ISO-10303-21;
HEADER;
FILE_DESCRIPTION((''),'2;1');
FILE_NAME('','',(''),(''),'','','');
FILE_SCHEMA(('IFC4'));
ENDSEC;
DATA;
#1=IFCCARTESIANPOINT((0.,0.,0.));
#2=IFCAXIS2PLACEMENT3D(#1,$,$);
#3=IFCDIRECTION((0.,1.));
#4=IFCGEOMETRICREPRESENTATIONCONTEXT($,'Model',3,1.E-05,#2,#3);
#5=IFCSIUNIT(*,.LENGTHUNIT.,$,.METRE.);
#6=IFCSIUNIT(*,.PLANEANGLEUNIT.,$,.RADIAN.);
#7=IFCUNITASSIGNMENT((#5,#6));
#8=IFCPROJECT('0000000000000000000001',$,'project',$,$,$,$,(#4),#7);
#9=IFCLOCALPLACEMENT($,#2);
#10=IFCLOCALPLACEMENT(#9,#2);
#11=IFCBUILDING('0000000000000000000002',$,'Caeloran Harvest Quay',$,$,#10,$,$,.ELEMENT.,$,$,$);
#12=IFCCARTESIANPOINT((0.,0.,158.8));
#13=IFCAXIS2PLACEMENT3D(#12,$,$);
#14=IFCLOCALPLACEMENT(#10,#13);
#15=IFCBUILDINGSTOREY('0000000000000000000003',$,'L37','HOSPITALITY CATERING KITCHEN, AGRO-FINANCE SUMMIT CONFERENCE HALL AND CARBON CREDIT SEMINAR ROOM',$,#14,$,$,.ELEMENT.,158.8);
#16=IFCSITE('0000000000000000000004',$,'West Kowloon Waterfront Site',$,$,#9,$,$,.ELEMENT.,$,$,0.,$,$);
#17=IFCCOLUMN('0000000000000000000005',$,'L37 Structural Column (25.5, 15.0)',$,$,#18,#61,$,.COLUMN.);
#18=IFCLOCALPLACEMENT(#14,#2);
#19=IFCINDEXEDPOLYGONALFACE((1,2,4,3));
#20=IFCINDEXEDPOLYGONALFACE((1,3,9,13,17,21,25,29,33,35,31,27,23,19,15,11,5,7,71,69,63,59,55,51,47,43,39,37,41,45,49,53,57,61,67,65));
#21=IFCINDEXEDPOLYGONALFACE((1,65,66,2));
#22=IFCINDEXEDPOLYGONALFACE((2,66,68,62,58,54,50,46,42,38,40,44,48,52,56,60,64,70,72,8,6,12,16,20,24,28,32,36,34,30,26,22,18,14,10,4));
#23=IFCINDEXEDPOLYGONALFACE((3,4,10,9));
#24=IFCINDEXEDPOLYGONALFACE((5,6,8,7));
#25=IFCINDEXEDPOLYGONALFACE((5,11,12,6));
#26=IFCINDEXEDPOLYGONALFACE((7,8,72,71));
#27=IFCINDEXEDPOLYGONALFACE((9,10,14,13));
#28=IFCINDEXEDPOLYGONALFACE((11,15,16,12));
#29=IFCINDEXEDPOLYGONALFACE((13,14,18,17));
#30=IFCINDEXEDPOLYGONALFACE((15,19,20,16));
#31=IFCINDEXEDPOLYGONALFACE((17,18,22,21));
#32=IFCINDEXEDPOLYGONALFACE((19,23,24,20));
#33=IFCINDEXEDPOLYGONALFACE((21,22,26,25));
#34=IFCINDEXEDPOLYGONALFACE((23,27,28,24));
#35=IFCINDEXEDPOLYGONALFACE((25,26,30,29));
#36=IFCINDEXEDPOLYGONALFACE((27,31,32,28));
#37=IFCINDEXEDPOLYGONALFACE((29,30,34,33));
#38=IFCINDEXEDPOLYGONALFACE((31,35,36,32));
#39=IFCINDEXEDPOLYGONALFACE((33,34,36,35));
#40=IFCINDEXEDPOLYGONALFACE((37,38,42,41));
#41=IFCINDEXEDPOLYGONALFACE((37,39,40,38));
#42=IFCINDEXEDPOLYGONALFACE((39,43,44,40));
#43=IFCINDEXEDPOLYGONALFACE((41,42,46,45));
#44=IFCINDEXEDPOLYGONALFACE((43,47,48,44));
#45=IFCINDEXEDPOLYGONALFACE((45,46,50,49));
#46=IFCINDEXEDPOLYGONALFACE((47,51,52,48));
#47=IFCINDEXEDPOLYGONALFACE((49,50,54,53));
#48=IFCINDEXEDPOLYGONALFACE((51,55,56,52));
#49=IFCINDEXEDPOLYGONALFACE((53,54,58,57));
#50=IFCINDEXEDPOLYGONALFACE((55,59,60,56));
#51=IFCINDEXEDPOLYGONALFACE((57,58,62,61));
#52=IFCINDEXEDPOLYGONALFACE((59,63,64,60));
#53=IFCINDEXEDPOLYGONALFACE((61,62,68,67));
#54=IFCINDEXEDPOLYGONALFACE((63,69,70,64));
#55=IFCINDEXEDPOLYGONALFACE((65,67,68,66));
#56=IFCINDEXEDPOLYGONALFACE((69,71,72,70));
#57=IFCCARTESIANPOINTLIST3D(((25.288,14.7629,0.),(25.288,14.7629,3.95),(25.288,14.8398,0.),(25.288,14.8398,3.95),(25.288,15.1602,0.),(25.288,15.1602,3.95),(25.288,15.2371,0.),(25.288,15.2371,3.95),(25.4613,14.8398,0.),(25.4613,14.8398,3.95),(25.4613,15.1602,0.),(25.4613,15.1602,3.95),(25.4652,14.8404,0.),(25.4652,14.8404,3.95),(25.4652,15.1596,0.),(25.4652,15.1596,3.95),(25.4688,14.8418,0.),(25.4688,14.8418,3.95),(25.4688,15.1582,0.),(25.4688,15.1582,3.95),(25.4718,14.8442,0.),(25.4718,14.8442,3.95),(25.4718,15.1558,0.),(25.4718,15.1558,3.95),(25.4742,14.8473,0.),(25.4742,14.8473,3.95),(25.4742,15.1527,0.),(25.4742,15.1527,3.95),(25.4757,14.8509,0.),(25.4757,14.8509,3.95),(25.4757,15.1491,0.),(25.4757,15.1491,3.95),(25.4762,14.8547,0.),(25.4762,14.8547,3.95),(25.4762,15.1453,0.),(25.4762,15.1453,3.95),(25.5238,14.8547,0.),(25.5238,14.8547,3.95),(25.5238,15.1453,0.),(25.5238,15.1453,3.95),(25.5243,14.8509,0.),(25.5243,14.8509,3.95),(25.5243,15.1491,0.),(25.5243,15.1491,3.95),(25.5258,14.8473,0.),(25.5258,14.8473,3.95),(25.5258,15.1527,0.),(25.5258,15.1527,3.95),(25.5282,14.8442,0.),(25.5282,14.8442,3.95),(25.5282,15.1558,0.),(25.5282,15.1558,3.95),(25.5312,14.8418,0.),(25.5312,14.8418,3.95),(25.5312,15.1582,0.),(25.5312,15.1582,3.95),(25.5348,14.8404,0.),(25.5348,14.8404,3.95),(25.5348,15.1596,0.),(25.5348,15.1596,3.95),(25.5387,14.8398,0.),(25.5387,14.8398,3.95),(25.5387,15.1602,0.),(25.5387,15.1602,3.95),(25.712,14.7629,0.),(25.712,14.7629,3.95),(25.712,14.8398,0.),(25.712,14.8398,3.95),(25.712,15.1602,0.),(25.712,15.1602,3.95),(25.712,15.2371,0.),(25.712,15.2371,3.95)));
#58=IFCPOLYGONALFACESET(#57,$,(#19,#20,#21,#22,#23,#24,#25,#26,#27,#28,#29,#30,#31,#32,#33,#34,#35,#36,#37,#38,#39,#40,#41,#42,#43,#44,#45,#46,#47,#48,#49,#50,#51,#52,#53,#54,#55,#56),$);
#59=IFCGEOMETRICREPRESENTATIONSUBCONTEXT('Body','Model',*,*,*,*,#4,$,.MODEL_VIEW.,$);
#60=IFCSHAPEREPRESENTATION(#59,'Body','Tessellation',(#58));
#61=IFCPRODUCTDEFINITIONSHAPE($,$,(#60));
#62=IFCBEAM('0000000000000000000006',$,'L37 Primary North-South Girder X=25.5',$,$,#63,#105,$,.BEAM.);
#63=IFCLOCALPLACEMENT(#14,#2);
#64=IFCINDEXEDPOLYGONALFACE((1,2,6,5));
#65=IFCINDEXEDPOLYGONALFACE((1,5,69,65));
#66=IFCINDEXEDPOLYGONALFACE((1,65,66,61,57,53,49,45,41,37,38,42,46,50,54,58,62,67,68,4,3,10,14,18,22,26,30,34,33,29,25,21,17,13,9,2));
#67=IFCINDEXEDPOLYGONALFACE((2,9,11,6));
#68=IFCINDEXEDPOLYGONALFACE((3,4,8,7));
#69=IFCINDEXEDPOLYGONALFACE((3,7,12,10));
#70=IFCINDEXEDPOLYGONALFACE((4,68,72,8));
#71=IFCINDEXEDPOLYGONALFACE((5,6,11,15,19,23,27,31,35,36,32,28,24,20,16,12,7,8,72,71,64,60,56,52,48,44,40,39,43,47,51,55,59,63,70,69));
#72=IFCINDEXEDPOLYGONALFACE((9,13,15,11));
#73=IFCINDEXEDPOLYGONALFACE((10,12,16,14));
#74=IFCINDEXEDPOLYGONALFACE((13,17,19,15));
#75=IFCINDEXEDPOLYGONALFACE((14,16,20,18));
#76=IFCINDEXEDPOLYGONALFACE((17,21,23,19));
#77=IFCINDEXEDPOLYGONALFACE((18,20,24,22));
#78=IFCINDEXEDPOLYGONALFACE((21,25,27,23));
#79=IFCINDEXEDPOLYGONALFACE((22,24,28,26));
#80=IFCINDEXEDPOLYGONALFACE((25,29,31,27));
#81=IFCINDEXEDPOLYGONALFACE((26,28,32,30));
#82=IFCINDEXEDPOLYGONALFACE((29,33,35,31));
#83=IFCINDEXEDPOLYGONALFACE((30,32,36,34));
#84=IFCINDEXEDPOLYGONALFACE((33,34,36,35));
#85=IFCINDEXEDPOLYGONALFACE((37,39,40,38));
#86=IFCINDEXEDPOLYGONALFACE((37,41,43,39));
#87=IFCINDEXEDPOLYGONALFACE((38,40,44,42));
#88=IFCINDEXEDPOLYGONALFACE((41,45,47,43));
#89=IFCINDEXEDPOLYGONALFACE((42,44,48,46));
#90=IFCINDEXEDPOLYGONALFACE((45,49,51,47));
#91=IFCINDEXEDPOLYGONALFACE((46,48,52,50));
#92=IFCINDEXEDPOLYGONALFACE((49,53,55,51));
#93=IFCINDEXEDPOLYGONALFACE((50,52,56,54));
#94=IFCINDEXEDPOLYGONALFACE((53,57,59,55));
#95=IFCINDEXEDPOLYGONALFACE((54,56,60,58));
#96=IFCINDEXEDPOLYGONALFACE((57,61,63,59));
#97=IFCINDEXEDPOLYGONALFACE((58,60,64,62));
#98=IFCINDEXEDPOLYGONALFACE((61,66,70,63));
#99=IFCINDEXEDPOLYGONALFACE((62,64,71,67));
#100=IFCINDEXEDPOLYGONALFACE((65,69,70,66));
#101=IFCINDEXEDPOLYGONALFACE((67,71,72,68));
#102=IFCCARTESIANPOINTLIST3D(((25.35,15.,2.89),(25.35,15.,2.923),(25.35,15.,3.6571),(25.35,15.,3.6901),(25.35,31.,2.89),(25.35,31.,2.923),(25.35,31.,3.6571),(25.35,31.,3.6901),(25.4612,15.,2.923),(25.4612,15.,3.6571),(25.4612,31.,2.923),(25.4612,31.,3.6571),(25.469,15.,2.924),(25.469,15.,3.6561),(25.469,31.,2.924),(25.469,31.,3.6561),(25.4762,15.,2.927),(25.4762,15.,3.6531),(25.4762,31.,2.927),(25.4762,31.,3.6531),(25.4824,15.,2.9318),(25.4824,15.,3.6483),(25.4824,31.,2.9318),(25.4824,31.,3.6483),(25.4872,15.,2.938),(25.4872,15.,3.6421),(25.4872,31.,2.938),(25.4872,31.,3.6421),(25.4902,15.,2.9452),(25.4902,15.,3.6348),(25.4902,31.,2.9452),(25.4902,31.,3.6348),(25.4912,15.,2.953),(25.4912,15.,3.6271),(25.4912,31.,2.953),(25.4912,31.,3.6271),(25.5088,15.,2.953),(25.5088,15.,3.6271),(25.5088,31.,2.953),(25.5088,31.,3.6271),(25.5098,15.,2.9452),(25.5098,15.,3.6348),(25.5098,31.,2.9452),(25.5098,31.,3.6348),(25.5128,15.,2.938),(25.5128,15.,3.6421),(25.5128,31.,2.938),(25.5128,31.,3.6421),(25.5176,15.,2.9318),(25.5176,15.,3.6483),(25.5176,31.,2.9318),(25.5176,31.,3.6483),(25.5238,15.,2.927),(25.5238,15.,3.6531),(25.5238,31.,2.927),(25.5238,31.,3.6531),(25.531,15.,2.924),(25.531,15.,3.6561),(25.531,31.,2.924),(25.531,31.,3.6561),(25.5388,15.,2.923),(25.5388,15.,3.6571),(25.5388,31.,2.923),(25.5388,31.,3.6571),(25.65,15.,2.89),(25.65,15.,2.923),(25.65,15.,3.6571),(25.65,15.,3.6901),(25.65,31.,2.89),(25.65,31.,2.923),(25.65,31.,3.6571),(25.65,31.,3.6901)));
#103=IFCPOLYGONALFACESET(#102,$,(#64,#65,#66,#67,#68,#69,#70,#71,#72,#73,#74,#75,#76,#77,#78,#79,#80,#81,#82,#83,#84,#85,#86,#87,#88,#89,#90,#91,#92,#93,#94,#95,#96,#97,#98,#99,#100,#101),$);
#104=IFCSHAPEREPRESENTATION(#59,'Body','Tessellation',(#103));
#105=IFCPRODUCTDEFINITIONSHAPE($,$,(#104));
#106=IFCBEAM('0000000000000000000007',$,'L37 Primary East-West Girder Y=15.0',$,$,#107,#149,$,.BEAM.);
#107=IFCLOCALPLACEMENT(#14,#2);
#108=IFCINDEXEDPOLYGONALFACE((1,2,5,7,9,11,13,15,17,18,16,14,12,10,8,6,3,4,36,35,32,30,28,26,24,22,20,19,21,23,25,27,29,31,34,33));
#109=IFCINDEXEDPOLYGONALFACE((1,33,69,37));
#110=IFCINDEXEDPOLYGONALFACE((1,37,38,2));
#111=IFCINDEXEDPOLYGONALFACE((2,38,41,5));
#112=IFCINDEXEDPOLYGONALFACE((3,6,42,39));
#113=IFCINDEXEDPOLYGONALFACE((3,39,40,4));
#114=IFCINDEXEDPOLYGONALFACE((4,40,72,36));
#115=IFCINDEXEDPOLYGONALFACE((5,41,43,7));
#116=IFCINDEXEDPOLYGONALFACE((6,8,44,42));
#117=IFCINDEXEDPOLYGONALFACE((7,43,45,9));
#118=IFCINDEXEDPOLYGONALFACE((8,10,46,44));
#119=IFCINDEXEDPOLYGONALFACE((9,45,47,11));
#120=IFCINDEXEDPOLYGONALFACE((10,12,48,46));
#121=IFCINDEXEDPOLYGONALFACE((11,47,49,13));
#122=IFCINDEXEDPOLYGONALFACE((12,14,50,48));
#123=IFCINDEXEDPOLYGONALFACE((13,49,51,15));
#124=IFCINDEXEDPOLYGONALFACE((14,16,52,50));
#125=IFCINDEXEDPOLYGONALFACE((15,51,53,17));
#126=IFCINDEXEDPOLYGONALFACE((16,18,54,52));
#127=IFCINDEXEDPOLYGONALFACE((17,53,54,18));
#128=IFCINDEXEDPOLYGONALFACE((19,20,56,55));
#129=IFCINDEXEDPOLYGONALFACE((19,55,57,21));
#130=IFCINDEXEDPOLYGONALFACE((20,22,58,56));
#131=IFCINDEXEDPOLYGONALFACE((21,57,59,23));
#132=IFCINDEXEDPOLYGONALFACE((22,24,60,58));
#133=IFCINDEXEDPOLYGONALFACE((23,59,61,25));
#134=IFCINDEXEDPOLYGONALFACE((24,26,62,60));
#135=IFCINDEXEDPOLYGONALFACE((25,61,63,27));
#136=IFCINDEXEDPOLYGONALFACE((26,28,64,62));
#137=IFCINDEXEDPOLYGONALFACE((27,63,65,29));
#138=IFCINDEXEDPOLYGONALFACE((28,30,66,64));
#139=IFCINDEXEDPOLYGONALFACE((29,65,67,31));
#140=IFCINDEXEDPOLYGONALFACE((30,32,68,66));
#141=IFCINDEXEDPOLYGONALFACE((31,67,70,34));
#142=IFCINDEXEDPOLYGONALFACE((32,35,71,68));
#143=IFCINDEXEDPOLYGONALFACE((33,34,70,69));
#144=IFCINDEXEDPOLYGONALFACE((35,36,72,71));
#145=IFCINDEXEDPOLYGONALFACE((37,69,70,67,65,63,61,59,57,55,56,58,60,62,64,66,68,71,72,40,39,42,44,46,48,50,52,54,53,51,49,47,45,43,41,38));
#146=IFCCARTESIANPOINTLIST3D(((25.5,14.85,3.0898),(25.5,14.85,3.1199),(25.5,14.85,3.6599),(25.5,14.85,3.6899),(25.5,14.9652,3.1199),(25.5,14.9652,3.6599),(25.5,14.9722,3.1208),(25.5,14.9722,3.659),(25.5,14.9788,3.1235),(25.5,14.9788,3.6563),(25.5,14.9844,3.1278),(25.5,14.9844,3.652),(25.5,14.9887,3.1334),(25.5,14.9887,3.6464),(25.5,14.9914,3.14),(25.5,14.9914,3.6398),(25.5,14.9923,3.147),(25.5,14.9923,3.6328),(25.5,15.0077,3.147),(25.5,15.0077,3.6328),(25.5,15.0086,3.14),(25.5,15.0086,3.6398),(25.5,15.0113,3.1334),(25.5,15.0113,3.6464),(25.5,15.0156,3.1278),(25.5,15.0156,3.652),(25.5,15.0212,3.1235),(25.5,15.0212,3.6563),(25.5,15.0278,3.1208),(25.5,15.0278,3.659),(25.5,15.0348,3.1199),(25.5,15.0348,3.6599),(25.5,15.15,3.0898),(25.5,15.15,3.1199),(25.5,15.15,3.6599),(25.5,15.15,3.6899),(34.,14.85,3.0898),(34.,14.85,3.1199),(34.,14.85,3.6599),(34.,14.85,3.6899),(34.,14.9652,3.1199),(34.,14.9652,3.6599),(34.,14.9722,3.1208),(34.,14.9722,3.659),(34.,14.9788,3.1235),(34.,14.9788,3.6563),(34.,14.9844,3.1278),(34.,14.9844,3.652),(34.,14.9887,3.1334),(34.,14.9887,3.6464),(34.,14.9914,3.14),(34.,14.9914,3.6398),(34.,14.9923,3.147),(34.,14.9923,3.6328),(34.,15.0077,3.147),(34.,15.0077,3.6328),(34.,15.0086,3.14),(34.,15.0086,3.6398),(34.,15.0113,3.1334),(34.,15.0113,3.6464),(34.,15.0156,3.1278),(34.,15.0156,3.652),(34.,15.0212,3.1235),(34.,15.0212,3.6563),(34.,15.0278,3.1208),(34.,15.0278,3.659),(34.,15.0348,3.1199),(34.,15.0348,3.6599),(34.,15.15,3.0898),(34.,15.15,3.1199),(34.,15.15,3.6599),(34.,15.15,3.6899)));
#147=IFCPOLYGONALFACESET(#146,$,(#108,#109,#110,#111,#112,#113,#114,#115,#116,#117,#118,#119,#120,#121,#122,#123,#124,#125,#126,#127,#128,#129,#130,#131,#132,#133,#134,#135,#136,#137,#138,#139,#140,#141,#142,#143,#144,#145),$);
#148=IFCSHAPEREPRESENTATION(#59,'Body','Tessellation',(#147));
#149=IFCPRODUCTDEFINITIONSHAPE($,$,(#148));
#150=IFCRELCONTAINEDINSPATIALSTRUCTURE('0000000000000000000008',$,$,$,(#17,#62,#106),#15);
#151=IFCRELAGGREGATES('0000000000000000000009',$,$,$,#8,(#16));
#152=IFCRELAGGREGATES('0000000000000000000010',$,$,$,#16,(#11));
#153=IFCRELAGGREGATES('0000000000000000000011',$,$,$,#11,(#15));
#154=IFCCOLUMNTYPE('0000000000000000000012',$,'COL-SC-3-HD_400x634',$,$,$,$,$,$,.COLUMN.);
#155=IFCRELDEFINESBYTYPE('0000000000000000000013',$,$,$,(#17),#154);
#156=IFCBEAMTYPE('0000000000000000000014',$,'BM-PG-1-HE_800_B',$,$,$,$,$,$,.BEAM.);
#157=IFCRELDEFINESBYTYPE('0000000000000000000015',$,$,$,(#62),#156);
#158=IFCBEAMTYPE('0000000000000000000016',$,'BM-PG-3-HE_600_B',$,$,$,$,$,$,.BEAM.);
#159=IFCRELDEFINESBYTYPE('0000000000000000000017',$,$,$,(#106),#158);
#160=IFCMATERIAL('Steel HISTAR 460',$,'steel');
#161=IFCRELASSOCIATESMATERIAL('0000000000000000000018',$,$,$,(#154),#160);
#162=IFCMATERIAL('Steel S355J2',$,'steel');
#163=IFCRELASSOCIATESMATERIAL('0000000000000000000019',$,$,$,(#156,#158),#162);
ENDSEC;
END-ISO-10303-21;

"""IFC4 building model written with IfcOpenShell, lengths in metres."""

from ifc_helpers import new_model, si_unit, direction, frame, origin, origin_2d, place, context, subcontext, project, spatial, i_section, extrude, material, material_profile, profile_set, type_object, element, save


model = new_model("IFC4")

# Units and contexts
model_context = context("Model", 3, precision=1e-05, world=origin(), true_north=direction((0.0, 1.0)))
body_context = subcontext(model_context, "Body", "Model", "MODEL_VIEW")
ifc_project = project(units=[si_unit("LENGTHUNIT", "METRE"), si_unit("PLANEANGLEUNIT", "RADIAN")], contexts=[model_context])

# Site, building, storey
site_placement = place(None, origin())
site = spatial("IfcSite", under=ifc_project, at=site_placement, Name="West Kowloon Waterfront Site", CompositionType="ELEMENT", RefElevation=0.0)
building_placement = place(site_placement, origin())
building = spatial("IfcBuilding", under=site, at=building_placement, Name="Caeloran Harvest Quay", CompositionType="ELEMENT")
storey_placement = place(building_placement, frame((0.0, 0.0, 158.8)))
storey = spatial("IfcBuildingStorey", under=building, at=storey_placement, Name="L37", Description="HOSPITALITY CATERING KITCHEN, AGRO-FINANCE SUMMIT CONFERENCE HALL AND CARBON CREDIT SEMINAR ROOM", CompositionType="ELEMENT", Elevation=158.8)

# Column
ifc_material_1 = material(Name="Steel HISTAR 460", Category="steel")
ifc_material_profile_1 = material_profile(ifc_material_1, i_section(OverallWidth=0.4241, OverallDepth=0.4741, WebThickness=0.0476, FlangeThickness=0.0769, FilletRadius=0.0149, at=origin_2d()), Name="HD 400x634")
ifc_profile_set_1 = profile_set([ifc_material_profile_1], Name="Steel HISTAR 460")
column_type = type_object("IfcColumnType", Name="COL-SC-3-HD_400x634", PredefinedType="COLUMN", material=ifc_profile_set_1)
column_placement = place(storey_placement, frame((25.5, 15.0, 0.0), z_axis=(0.0, 0.0, 1.0), x_axis=(1.0, 0.0, 0.0)))
element("IfcColumn", 1, at=column_placement, inside=storey, type_object=column_type, Name="L37 Structural Column (25.5, 15.0)", PredefinedType="COLUMN", context=body_context, shape_type="SweptSolid", body=[
    extrude(i_section(OverallWidth=0.4241, OverallDepth=0.4741, WebThickness=0.0476, FlangeThickness=0.0769, FilletRadius=0.0149, at=origin_2d()), origin(), (0.0, 0.0, 1.0), 3.95),
])

# Beams
ifc_material_2 = material(Name="Steel S355J2", Category="steel")
ifc_material_profile_2 = material_profile(ifc_material_2, i_section(OverallWidth=0.3, OverallDepth=0.8, WebThickness=0.0176, FlangeThickness=0.033, FilletRadius=0.03, at=origin_2d()), Name="HE 800 B")
ifc_profile_set_2 = profile_set([ifc_material_profile_2], Name="Steel S355J2")
beam_type_1 = type_object("IfcBeamType", Name="BM-PG-1-HE_800_B", PredefinedType="BEAM", material=ifc_profile_set_2)
beam_1_placement = place(storey_placement, frame((25.5, 15.0, 3.29), z_axis=(0.0, 1.0, 0.0), x_axis=(-1.0, 0.0, 0.0)))
element("IfcBeam", 2, at=beam_1_placement, inside=storey, type_object=beam_type_1, Name="L37 Primary North-South Girder X=25.5", PredefinedType="BEAM", context=body_context, shape_type="SweptSolid", body=[
    extrude(i_section(OverallWidth=0.3, OverallDepth=0.8, WebThickness=0.0176, FlangeThickness=0.033, FilletRadius=0.03, at=origin_2d()), origin(), (0.0, 0.0, 1.0), 16.0),
])
ifc_material_profile_3 = material_profile(ifc_material_2, i_section(OverallWidth=0.3, OverallDepth=0.6001, WebThickness=0.0154, FlangeThickness=0.03, FilletRadius=0.0271, at=origin_2d()), Name="HE 600 B")
ifc_profile_set_3 = profile_set([ifc_material_profile_3], Name="Steel S355J2")
beam_type_2 = type_object("IfcBeamType", Name="BM-PG-3-HE_600_B", PredefinedType="BEAM", material=ifc_profile_set_3)
beam_2_placement = place(storey_placement, frame((25.5, 15.0, 3.3899), z_axis=(1.0, 0.0, 0.0), x_axis=(0.0, 1.0, 0.0)))
element("IfcBeam", 3, at=beam_2_placement, inside=storey, type_object=beam_type_2, Name="L37 Primary East-West Girder Y=15.0", PredefinedType="BEAM", context=body_context, shape_type="SweptSolid", body=[
    extrude(i_section(OverallWidth=0.3, OverallDepth=0.6001, WebThickness=0.0154, FlangeThickness=0.03, FilletRadius=0.0271, at=origin_2d()), origin(), (0.0, 0.0, 1.0), 8.5),
])

save(model, "model.ifc")
